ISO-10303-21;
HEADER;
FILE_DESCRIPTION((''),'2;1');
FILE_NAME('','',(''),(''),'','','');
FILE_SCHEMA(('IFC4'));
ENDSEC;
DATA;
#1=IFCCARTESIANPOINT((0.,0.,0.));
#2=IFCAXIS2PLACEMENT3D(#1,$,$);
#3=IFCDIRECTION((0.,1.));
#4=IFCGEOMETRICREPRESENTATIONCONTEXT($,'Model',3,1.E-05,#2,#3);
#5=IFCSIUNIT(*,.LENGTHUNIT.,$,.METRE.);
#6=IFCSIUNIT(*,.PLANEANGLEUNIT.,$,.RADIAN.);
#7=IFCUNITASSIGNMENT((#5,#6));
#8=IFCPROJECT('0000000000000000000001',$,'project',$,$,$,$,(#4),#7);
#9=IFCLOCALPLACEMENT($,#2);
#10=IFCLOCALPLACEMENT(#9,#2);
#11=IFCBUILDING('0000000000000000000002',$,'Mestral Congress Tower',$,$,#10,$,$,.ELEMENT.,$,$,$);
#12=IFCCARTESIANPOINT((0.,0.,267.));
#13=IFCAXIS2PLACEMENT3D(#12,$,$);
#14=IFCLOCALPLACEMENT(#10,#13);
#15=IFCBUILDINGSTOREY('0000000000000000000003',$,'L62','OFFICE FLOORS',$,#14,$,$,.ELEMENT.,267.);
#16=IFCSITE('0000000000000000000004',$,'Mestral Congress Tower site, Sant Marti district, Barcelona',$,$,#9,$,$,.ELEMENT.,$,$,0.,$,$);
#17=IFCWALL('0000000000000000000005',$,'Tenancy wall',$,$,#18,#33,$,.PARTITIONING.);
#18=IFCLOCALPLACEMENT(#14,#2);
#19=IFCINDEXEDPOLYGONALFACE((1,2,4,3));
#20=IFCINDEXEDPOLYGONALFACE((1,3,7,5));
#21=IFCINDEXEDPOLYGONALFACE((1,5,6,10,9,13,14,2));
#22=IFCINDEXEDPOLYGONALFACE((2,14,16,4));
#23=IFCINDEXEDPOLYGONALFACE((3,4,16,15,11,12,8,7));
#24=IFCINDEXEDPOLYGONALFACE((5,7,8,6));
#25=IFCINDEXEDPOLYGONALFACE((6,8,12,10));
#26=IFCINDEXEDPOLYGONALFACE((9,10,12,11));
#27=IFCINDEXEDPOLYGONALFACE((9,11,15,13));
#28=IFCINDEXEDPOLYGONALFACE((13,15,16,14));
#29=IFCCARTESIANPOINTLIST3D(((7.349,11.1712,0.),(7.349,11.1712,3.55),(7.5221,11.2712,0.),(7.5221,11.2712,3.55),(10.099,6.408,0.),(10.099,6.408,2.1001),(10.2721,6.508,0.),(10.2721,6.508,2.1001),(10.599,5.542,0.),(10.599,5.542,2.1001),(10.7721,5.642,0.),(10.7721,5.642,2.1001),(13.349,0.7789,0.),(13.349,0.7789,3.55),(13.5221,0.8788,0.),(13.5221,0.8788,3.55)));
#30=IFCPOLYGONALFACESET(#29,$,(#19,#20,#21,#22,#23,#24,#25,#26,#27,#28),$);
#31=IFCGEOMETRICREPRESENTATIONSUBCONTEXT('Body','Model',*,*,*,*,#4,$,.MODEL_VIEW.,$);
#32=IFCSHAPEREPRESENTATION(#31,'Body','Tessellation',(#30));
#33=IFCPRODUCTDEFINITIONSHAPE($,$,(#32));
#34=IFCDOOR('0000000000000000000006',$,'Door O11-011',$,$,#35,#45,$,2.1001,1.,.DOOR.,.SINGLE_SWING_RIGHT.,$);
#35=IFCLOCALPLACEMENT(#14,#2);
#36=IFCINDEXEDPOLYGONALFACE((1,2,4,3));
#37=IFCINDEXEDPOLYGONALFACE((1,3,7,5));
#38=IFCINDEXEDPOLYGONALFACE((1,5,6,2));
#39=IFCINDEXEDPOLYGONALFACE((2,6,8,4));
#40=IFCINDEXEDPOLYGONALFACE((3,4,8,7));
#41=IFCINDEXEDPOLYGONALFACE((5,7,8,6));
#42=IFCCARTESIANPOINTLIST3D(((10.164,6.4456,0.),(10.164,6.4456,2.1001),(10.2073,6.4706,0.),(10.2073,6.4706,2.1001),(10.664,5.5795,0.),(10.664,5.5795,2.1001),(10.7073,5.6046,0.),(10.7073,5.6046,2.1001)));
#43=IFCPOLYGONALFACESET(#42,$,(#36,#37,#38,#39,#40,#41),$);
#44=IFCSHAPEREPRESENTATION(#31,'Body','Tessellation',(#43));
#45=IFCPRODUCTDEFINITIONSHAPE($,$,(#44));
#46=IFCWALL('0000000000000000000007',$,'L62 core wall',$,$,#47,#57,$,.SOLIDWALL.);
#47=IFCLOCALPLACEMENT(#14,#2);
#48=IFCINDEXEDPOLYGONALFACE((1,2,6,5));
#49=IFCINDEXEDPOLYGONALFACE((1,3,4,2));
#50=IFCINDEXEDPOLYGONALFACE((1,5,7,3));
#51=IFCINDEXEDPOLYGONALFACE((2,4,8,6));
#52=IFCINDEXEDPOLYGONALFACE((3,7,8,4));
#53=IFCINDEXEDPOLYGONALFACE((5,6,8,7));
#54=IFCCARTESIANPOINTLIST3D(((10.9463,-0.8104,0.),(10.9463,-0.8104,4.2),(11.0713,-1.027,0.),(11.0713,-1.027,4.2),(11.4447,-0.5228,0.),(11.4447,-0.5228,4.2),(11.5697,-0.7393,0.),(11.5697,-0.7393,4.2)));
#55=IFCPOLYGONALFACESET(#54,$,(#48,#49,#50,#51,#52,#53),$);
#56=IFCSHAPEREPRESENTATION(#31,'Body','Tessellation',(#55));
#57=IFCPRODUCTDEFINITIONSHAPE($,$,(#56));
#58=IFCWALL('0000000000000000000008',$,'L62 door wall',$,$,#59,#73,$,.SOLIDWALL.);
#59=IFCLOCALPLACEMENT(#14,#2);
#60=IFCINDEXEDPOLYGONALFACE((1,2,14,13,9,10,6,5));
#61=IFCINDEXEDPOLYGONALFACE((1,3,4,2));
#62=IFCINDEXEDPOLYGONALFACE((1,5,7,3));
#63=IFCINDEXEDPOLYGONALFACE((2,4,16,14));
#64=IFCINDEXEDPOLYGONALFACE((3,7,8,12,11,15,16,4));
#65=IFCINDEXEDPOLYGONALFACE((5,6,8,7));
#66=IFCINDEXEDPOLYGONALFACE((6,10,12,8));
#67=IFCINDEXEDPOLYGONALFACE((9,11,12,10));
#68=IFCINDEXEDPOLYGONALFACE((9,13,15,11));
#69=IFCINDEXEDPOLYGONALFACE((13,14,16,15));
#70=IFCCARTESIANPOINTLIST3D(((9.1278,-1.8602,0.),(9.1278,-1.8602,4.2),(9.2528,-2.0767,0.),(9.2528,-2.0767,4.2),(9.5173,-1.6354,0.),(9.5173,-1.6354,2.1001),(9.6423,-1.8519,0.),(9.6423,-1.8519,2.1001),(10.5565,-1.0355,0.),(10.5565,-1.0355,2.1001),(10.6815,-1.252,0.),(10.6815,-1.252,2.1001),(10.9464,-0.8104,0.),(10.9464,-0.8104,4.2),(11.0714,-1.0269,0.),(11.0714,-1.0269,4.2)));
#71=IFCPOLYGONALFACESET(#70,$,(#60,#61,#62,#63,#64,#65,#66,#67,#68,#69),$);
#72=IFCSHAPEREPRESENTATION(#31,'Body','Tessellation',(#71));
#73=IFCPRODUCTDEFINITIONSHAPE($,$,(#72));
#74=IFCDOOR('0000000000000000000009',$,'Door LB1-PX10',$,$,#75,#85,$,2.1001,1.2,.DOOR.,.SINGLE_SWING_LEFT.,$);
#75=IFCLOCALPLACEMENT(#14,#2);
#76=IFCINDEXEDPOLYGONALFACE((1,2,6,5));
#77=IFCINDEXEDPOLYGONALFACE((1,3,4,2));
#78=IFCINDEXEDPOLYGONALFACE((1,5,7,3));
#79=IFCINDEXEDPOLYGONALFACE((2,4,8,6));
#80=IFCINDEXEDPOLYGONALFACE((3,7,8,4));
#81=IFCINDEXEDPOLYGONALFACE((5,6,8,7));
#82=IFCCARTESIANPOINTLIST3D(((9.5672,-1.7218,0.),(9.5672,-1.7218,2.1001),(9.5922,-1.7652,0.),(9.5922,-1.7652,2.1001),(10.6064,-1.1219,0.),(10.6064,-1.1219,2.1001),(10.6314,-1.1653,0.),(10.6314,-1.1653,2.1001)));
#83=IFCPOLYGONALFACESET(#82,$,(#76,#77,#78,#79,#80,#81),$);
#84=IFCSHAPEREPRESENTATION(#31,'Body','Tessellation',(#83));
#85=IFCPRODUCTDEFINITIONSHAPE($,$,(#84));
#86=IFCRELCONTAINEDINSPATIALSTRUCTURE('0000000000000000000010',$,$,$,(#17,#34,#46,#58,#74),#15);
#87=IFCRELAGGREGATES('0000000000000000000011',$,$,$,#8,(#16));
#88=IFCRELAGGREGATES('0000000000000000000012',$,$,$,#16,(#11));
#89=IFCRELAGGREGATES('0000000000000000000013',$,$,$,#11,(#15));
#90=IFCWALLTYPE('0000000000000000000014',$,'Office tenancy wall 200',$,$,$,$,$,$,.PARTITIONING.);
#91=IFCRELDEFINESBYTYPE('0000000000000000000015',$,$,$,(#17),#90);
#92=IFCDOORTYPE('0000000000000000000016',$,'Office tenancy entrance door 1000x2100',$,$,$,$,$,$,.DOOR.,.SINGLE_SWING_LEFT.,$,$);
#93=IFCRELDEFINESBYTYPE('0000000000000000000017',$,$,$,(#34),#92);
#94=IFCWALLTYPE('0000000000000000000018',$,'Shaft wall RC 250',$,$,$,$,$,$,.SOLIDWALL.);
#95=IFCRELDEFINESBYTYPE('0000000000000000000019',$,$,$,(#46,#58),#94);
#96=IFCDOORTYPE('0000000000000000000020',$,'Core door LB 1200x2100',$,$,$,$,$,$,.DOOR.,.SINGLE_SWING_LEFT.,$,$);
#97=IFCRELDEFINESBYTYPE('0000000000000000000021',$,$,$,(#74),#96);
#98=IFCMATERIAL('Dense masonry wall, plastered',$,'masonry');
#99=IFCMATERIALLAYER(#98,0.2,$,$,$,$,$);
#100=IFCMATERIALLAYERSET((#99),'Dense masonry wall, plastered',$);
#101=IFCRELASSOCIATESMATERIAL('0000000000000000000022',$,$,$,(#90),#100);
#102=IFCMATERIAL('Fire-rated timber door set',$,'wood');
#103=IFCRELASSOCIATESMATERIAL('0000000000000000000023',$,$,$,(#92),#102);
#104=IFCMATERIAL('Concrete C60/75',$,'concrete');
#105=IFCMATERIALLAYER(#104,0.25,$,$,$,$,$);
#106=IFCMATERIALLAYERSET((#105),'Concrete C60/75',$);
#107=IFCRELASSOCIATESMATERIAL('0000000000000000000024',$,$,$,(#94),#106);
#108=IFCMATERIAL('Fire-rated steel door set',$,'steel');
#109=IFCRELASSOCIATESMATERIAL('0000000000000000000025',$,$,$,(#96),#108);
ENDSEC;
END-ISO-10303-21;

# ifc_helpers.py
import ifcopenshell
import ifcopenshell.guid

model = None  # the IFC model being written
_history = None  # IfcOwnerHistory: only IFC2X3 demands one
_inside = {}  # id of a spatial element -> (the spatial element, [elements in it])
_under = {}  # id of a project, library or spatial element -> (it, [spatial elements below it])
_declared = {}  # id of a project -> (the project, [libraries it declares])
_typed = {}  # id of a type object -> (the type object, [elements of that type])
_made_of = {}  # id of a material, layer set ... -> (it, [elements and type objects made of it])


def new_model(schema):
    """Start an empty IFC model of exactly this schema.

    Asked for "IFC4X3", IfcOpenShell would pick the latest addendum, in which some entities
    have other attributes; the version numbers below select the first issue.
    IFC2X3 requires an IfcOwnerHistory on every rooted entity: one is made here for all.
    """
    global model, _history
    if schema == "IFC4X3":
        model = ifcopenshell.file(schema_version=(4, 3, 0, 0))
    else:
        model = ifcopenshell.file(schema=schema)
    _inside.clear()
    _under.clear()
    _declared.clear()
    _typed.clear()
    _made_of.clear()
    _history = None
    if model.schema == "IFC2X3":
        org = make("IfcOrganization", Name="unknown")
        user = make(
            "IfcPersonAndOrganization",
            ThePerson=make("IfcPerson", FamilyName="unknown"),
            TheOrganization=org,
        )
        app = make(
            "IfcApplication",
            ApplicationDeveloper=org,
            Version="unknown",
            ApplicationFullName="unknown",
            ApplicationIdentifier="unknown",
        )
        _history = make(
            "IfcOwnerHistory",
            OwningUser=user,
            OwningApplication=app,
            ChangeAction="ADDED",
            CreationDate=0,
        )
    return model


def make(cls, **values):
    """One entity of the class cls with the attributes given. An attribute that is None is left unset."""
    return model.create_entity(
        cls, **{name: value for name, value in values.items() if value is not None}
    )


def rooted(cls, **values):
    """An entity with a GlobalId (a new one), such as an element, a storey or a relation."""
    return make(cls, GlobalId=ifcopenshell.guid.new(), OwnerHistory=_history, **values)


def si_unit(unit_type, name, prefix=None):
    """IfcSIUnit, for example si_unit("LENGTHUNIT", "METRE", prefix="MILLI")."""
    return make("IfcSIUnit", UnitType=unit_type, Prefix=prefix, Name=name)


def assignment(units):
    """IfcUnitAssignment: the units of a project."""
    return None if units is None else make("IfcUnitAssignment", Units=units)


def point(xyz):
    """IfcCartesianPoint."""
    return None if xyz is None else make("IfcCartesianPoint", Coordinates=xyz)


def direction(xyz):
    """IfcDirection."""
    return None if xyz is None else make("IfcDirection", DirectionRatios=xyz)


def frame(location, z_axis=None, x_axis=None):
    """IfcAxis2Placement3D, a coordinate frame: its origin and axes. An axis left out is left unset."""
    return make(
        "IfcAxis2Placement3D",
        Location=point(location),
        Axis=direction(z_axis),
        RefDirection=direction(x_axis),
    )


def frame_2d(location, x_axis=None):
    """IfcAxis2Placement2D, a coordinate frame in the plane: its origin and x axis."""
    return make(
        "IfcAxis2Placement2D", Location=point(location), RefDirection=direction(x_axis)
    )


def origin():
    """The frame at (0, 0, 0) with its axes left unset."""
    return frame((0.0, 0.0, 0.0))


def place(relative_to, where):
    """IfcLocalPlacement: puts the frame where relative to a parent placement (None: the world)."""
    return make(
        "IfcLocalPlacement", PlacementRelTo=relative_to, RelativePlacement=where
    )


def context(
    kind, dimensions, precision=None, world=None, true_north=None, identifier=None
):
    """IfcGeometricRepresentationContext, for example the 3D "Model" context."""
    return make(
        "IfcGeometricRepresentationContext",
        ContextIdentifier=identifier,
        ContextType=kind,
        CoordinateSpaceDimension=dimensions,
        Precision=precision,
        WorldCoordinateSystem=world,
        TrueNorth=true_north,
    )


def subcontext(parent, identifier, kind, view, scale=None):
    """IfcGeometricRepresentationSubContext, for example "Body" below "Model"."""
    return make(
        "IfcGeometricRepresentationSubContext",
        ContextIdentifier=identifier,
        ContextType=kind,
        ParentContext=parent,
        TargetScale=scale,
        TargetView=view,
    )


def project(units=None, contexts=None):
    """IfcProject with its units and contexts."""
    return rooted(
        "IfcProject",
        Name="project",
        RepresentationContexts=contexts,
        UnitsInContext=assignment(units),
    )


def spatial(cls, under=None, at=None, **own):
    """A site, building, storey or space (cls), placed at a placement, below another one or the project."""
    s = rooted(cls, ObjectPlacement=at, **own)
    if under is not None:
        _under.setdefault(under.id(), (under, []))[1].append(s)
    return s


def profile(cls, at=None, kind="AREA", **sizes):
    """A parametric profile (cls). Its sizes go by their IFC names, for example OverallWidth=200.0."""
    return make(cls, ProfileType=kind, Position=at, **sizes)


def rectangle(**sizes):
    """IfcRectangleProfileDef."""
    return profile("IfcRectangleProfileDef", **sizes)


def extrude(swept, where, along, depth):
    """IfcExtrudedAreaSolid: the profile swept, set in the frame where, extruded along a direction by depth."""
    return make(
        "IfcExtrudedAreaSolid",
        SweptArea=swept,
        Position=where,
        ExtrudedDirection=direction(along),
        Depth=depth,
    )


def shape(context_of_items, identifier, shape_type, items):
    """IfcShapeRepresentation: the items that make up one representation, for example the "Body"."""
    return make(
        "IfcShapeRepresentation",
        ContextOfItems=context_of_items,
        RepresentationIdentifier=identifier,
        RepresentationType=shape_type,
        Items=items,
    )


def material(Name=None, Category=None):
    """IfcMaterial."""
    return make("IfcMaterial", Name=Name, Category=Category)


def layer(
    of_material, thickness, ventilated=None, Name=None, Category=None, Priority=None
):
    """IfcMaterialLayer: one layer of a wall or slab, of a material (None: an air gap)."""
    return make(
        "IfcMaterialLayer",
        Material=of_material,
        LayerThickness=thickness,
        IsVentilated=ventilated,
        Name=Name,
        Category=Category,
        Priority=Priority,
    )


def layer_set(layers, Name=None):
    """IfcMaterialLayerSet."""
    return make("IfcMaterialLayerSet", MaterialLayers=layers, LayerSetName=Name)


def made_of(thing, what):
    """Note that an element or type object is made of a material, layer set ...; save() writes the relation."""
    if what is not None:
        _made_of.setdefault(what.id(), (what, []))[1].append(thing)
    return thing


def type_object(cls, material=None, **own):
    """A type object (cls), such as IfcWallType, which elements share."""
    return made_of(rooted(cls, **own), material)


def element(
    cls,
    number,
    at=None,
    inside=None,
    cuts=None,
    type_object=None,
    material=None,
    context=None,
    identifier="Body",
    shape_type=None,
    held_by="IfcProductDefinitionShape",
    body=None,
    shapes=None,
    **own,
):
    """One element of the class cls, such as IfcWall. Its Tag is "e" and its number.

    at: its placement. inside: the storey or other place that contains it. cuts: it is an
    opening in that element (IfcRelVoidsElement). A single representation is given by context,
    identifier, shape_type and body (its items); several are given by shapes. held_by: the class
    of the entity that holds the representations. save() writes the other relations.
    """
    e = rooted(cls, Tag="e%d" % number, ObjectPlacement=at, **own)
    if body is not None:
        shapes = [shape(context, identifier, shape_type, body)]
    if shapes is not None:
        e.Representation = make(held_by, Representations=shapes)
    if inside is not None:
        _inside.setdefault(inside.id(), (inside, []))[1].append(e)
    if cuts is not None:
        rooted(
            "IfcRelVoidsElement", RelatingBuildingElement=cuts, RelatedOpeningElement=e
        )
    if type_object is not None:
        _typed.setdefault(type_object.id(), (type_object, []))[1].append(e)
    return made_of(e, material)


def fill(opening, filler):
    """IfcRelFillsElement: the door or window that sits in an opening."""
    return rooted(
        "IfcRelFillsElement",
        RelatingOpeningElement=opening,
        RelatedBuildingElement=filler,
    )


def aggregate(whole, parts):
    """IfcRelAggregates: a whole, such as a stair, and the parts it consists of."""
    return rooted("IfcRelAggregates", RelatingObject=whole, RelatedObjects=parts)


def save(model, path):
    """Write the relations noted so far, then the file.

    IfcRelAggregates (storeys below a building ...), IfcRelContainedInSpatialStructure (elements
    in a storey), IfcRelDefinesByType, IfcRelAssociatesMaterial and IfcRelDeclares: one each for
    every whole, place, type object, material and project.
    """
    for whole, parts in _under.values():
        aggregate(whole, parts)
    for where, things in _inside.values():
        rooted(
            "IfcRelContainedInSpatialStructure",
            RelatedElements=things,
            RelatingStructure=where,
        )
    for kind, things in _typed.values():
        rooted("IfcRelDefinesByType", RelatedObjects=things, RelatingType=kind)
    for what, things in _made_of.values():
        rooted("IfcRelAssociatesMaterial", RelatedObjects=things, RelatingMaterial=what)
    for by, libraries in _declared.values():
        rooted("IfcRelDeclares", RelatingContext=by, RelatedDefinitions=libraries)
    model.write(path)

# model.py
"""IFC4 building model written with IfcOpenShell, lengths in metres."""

from ifc_helpers import new_model, si_unit, direction, frame, frame_2d, origin, place, context, subcontext, project, spatial, rectangle, extrude, material, layer, layer_set, type_object, element, fill, save


model = new_model("IFC4")

# Units and contexts
model_context = context("Model", 3, precision=1e-05, world=origin(), true_north=direction((0.0, 1.0)))
body_context = subcontext(model_context, "Body", "Model", "MODEL_VIEW")
ifc_project = project(units=[si_unit("LENGTHUNIT", "METRE"), si_unit("PLANEANGLEUNIT", "RADIAN")], contexts=[model_context])

# Site, building, storey
site_placement = place(None, origin())
site = spatial("IfcSite", under=ifc_project, at=site_placement, Name="Mestral Congress Tower site, Sant Marti district, Barcelona", CompositionType="ELEMENT", RefElevation=0.0)
building_placement = place(site_placement, origin())
building = spatial("IfcBuilding", under=site, at=building_placement, Name="Mestral Congress Tower", CompositionType="ELEMENT")
storey_placement = place(building_placement, frame((0.0, 0.0, 267.0)))
storey = spatial("IfcBuildingStorey", under=building, at=storey_placement, Name="L62", Description="OFFICE FLOORS", CompositionType="ELEMENT", Elevation=267.0)

# Shared definitions
ifc_material_1 = material(Name="Concrete C60/75", Category="concrete")

# Shared definitions
ifc_material_2 = material(Name="Fire-rated steel door set", Category="steel")

# Wall, opening, door
ifc_material_3 = material(Name="Dense masonry wall, plastered", Category="masonry")
ifc_layer_1 = layer(ifc_material_3, 0.2)
ifc_layer_set_1 = layer_set([ifc_layer_1], Name="Dense masonry wall, plastered")
wall_type_1 = type_object("IfcWallType", Name="Office tenancy wall 200", PredefinedType="PARTITIONING", material=ifc_layer_set_1)
wall_1_placement = place(storey_placement, frame((13.4355, 0.8289, 0.0), z_axis=(0.0, 0.0, 1.0), x_axis=(-0.499999, 0.866026, 0.0)))
wall_1 = element("IfcWall", 1, at=wall_1_placement, inside=storey, type_object=wall_type_1, Name="Tenancy wall", PredefinedType="PARTITIONING", context=body_context, shape_type="SweptSolid", body=[
    extrude(rectangle(XDim=12.0, YDim=0.2, at=frame_2d((6.0, 0.0))), origin(), (0.0, 0.0, 1.0), 3.55),
])
opening_1_placement = place(wall_1_placement, frame((5.5, 0.0, 0.0)))
opening_1 = element("IfcOpeningElement", 2, at=opening_1_placement, cuts=wall_1, PredefinedType="OPENING", context=body_context, shape_type="SweptSolid", body=[
    extrude(rectangle(XDim=1.0, YDim=2.1001, at=frame_2d((0.5, 1.05))), frame((0.0, 0.1099, 0.0), z_axis=(0.0, -1.0, 0.0), x_axis=(1.0, 0.0, 0.0)), (0.0, 0.0, 1.0), 0.22),
])
ifc_material_4 = material(Name="Fire-rated timber door set", Category="wood")
door_type_1 = type_object("IfcDoorType", Name="Office tenancy entrance door 1000x2100", OperationType="SINGLE_SWING_LEFT", PredefinedType="DOOR", material=ifc_material_4)
door_1_placement = place(opening_1_placement, origin())
door_1 = element("IfcDoor", 3, at=door_1_placement, inside=storey, type_object=door_type_1, Name="Door O11-011", OperationType="SINGLE_SWING_RIGHT", OverallHeight=2.1001, OverallWidth=1.0, PredefinedType="DOOR", context=body_context, shape_type="SweptSolid", body=[
    extrude(rectangle(XDim=1.0, YDim=2.1001, at=frame_2d((0.5, 1.05))), frame((0.0, 0.0249, 0.0), z_axis=(0.0, -1.0, 0.0), x_axis=(1.0, 0.0, 0.0)), (0.0, 0.0, 1.0), 0.05),
])
fill(opening_1, door_1)

# Wall
ifc_layer_2 = layer(ifc_material_1, 0.25)
ifc_layer_set_2 = layer_set([ifc_layer_2], Name="Concrete C60/75")
wall_type_2 = type_object("IfcWallType", Name="Shaft wall RC 250", PredefinedType="SOLIDWALL", material=ifc_layer_set_2)
wall_2_placement = place(storey_placement, frame((11.5071, -0.6311, 0.0), z_axis=(0.0, 0.0, 1.0), x_axis=(-0.866094, -0.499882, 0.0)))
element("IfcWall", 4, at=wall_2_placement, inside=storey, type_object=wall_type_2, Name="L62 core wall", PredefinedType="SOLIDWALL", context=body_context, shape_type="SweptSolid", body=[
    extrude(rectangle(XDim=0.5754, YDim=0.25, at=frame_2d((0.2876, 0.0))), origin(), (0.0, 0.0, 1.0), 4.2),
])

# Wall, opening, door
wall_3_placement = place(storey_placement, frame((11.0088, -0.9187, 0.0), z_axis=(0.0, 0.0, 1.0), x_axis=(-0.86606, -0.499941, 0.0)))
wall_3 = element("IfcWall", 5, at=wall_3_placement, inside=storey, type_object=wall_type_2, Name="L62 door wall", PredefinedType="SOLIDWALL", context=body_context, shape_type="SweptSolid", body=[
    extrude(rectangle(XDim=2.0999, YDim=0.25, at=frame_2d((1.0498, 0.0))), origin(), (0.0, 0.0, 1.0), 4.2),
])
opening_2_placement = place(wall_3_placement, frame((0.45, 0.0, 0.0)))
opening_2 = element("IfcOpeningElement", 6, at=opening_2_placement, cuts=wall_3, PredefinedType="OPENING", context=body_context, shape_type="SweptSolid", body=[
    extrude(rectangle(XDim=1.2, YDim=2.1001, at=frame_2d((0.6001, 1.05))), frame((0.0, 0.135, 0.0), z_axis=(0.0, -1.0, 0.0), x_axis=(1.0, 0.0, 0.0)), (0.0, 0.0, 1.0), 0.27),
])
door_type_2 = type_object("IfcDoorType", Name="Core door LB 1200x2100", OperationType="SINGLE_SWING_LEFT", PredefinedType="DOOR", material=ifc_material_2)
door_2_placement = place(opening_2_placement, origin())
door_2 = element("IfcDoor", 7, at=door_2_placement, inside=storey, type_object=door_type_2, Name="Door LB1-PX10", OperationType="SINGLE_SWING_LEFT", OverallHeight=2.1001, OverallWidth=1.2, PredefinedType="DOOR", context=body_context, shape_type="SweptSolid", body=[
    extrude(rectangle(XDim=1.2, YDim=2.1001, at=frame_2d((0.6001, 1.05))), frame((0.0, 0.0249, 0.0), z_axis=(0.0, -1.0, 0.0), x_axis=(1.0, 0.0, 0.0)), (0.0, 0.0, 1.0), 0.05),
])
fill(opening_2, door_2)

save(model, "model.ifc")
